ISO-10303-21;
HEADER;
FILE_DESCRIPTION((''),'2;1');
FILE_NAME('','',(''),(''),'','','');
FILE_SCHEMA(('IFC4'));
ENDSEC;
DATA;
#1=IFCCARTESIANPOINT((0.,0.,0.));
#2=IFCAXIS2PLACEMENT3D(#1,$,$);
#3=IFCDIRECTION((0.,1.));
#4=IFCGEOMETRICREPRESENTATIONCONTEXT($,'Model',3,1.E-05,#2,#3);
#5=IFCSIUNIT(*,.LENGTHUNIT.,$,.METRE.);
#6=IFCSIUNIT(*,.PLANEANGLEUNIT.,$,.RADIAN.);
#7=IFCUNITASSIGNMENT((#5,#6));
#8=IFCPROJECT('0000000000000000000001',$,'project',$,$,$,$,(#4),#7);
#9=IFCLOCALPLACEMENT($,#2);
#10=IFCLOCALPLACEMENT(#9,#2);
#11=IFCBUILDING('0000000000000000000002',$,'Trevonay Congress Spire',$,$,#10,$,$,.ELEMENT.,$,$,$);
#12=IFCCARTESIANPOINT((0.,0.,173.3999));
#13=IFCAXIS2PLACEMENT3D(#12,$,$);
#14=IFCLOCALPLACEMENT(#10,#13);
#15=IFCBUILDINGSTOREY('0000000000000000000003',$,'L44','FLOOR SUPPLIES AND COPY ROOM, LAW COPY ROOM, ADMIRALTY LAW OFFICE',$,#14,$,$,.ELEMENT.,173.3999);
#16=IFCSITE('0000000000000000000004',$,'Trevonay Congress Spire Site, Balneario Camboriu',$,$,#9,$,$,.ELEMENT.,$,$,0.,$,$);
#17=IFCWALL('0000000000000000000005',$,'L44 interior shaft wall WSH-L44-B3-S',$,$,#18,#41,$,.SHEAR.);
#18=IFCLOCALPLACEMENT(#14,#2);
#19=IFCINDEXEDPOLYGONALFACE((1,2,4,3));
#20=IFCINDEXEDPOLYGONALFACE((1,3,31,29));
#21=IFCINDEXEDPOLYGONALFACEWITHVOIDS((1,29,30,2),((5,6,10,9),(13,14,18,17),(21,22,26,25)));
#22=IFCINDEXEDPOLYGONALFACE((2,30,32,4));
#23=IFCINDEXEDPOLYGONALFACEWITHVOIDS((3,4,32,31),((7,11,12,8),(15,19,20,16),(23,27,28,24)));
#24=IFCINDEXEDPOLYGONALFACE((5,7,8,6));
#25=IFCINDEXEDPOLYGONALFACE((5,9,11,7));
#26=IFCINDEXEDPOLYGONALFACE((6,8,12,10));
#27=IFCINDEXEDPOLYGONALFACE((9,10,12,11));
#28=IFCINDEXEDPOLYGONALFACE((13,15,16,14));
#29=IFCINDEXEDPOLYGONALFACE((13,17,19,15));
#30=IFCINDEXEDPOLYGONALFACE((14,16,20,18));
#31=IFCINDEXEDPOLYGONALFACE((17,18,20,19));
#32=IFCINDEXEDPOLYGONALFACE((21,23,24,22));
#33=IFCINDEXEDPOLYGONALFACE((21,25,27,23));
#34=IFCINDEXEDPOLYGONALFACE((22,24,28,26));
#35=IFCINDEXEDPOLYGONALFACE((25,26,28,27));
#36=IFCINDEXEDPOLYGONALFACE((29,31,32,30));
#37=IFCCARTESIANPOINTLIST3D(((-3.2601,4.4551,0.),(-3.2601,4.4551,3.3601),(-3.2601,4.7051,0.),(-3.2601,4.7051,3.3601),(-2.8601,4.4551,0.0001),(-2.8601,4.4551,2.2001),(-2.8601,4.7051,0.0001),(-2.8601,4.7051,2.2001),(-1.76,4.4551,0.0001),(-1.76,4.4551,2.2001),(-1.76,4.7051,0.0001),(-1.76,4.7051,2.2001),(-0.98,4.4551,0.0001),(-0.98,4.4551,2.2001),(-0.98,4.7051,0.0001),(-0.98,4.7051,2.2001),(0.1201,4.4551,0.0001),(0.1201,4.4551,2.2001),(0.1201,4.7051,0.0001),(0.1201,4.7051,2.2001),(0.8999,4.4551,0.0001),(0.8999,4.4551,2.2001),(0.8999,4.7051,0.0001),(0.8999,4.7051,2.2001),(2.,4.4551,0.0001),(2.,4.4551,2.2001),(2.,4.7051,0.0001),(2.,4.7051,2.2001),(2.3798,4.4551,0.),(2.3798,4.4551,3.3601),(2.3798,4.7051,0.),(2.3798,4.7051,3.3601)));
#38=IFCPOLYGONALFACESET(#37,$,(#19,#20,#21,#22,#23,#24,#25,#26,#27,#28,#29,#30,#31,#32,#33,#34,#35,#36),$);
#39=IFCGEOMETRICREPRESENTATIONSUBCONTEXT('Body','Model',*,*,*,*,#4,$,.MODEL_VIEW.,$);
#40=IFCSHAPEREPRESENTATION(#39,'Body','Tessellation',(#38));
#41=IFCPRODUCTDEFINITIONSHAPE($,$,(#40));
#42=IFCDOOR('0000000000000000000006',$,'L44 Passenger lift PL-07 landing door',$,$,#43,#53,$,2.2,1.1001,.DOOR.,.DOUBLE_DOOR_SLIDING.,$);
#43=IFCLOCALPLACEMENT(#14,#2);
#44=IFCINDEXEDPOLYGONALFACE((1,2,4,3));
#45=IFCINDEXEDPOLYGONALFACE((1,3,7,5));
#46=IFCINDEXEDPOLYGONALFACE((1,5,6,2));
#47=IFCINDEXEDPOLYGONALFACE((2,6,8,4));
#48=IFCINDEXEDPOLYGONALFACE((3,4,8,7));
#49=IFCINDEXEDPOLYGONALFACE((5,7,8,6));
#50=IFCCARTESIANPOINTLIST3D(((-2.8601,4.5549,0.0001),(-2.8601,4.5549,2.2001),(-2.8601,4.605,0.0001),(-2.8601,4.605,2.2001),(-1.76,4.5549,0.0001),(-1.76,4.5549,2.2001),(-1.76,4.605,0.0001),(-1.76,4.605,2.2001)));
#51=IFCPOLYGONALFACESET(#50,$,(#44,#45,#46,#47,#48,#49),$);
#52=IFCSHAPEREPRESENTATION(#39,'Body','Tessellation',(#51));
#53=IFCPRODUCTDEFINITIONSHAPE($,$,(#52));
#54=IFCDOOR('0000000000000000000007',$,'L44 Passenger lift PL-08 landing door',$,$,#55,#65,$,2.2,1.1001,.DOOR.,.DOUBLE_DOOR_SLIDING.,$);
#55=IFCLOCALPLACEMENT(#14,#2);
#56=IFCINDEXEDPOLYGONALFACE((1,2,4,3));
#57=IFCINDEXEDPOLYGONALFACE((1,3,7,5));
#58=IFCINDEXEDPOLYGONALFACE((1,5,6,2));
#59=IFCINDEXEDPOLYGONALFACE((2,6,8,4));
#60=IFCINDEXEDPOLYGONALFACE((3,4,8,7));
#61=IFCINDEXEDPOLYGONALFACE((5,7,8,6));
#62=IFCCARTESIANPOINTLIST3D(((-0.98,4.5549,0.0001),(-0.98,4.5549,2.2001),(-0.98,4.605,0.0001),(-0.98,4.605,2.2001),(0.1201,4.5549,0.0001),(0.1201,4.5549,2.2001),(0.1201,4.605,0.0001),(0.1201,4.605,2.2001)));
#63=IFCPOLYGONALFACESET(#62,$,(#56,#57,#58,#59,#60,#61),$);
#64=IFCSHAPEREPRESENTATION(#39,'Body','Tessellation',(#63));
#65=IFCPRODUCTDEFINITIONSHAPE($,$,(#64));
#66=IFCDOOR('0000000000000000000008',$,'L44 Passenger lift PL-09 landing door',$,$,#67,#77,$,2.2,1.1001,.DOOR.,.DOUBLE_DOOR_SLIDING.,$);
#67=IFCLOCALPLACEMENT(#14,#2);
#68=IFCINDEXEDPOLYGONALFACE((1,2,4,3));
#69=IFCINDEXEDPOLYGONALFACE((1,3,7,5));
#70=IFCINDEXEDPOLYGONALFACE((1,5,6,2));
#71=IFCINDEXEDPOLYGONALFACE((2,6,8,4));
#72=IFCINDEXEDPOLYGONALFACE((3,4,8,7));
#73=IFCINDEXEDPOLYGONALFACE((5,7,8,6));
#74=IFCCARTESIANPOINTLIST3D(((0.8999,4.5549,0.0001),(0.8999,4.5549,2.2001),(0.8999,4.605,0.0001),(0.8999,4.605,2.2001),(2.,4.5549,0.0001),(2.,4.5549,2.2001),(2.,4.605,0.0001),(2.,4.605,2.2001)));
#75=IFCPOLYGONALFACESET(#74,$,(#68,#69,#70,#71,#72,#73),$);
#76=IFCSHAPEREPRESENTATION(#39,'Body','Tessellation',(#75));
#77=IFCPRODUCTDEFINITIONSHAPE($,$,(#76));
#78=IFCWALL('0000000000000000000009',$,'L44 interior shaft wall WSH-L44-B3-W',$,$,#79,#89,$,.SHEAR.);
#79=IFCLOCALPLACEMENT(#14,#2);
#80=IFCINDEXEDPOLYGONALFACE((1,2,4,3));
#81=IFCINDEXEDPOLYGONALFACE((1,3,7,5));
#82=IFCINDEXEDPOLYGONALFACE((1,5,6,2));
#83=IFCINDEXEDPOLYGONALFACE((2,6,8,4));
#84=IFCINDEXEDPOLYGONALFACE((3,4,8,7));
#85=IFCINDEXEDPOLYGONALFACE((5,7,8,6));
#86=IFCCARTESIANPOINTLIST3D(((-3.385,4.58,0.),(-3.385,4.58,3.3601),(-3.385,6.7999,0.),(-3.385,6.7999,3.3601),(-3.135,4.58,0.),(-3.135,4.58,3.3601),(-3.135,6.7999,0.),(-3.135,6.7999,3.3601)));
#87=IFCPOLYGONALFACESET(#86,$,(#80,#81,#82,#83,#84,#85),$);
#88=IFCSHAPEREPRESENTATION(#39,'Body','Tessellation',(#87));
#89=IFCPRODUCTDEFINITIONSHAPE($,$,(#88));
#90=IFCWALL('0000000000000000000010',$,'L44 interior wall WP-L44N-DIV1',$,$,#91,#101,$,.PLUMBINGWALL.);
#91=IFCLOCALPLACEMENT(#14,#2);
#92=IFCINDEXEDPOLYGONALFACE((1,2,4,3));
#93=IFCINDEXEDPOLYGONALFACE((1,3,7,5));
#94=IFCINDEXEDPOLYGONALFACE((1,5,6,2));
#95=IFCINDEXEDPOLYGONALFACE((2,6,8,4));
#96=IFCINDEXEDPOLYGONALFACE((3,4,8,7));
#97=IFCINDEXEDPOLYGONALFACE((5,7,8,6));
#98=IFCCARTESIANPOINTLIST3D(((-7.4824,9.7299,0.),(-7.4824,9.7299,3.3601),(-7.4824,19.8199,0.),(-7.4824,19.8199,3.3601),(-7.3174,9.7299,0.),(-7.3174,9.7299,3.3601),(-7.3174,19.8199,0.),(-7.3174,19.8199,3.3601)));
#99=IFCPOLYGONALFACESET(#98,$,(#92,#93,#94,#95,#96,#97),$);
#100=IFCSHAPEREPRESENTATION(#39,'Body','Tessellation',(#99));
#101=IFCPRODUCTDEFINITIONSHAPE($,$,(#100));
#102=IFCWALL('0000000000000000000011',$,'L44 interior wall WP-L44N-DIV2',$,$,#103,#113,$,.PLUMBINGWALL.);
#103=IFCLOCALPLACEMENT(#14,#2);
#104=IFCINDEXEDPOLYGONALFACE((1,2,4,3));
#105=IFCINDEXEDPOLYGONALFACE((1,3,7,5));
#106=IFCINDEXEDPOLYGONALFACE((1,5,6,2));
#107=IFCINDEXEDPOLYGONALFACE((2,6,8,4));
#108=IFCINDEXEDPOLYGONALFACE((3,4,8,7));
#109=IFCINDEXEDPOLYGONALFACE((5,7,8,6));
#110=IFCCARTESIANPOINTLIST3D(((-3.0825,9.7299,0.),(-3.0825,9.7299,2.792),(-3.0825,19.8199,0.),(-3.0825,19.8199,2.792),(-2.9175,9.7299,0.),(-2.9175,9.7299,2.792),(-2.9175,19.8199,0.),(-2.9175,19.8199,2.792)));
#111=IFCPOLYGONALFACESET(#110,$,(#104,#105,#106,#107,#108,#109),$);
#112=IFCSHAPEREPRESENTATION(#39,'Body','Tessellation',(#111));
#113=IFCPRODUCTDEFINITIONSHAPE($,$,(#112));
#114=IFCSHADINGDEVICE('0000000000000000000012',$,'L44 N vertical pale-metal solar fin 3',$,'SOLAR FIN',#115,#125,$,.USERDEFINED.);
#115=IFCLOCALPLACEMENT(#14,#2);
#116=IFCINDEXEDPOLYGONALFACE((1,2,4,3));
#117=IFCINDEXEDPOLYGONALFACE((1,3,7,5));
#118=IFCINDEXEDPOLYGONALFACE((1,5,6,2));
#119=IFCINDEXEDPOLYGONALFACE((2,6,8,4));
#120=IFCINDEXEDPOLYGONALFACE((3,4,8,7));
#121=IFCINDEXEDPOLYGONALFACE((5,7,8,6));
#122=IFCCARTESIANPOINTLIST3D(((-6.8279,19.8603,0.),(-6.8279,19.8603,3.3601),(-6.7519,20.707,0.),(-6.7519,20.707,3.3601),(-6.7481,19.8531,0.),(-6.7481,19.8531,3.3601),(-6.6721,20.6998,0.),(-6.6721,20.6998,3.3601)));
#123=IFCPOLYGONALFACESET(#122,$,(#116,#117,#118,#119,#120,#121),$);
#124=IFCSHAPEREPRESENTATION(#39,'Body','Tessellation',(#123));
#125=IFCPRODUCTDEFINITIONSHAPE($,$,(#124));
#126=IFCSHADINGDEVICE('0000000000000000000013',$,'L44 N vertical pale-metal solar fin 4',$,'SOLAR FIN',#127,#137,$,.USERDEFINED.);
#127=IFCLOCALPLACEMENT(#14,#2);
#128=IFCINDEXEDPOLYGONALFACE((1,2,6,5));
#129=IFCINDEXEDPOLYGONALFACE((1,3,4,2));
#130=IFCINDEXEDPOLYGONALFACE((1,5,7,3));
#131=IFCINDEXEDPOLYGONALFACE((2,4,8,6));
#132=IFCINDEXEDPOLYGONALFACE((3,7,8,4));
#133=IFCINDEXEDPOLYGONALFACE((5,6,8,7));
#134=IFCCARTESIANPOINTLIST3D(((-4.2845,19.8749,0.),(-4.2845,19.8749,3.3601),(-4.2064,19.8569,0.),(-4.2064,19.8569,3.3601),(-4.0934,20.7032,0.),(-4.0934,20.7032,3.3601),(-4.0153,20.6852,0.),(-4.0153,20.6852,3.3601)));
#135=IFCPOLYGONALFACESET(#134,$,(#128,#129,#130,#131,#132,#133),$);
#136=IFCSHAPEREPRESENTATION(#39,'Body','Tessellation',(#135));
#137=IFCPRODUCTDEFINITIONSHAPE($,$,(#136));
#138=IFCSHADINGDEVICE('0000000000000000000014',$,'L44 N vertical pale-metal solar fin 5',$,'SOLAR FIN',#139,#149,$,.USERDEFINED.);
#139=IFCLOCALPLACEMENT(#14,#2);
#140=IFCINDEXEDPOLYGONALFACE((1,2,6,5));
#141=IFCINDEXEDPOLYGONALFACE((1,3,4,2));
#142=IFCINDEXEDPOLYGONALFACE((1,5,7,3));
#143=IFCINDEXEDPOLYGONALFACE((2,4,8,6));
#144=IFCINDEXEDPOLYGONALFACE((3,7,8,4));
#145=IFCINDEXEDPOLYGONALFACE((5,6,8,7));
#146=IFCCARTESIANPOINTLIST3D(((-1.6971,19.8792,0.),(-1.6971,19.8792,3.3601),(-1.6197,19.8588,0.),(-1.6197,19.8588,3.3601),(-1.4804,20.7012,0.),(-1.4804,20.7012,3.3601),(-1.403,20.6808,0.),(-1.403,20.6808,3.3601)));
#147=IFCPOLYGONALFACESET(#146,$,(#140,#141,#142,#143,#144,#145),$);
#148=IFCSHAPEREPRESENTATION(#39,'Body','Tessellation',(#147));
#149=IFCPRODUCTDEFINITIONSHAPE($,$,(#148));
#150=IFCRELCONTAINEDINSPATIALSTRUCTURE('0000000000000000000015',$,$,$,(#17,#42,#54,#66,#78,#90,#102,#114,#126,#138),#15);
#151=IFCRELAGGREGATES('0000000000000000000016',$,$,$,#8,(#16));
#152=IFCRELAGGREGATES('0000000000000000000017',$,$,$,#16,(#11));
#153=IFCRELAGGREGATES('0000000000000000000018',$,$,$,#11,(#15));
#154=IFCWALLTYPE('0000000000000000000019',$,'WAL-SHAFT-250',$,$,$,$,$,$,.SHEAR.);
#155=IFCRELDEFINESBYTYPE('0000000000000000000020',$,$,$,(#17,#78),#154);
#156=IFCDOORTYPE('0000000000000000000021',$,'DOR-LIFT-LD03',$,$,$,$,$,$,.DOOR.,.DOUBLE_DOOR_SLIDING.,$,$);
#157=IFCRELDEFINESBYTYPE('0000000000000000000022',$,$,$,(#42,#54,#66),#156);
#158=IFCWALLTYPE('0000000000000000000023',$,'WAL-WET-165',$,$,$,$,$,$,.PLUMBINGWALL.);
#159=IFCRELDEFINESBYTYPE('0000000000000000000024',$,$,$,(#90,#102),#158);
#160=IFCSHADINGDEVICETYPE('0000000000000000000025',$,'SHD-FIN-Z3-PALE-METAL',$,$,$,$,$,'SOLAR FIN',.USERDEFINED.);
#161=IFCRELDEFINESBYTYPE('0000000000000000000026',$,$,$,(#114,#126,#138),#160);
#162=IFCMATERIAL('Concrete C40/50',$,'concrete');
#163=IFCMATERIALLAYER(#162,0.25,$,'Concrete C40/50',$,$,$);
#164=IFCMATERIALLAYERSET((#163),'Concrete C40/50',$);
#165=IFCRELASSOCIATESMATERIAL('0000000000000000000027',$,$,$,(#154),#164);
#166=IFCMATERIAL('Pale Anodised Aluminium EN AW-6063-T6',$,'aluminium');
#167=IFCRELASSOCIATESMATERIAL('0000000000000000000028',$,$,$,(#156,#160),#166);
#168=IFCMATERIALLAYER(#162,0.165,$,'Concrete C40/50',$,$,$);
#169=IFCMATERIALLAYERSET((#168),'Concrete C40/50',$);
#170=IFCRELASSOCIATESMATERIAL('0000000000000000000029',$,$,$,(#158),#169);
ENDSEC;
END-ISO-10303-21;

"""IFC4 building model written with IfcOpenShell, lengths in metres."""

from ifc_helpers import new_model, si_unit, direction, frame, frame_2d, origin, origin_2d, place, context, subcontext, project, spatial, rectangle, extrude, material, layer, layer_set, type_object, element, fill, save


model = new_model("IFC4")

# Units and contexts
model_context = context("Model", 3, precision=1e-05, world=origin(), true_north=direction((0.0, 1.0)))
body_context = subcontext(model_context, "Body", "Model", "MODEL_VIEW")
ifc_project = project(units=[si_unit("LENGTHUNIT", "METRE"), si_unit("PLANEANGLEUNIT", "RADIAN")], contexts=[model_context])

# Site, building, storey
site_placement = place(None, origin())
site = spatial("IfcSite", under=ifc_project, at=site_placement, Name="Trevonay Congress Spire Site, Balneario Camboriu", CompositionType="ELEMENT", RefElevation=0.0)
building_placement = place(site_placement, origin())
building = spatial("IfcBuilding", under=site, at=building_placement, Name="Trevonay Congress Spire", CompositionType="ELEMENT")
storey_placement = place(building_placement, frame((0.0, 0.0, 173.3999)))
storey = spatial("IfcBuildingStorey", under=building, at=storey_placement, Name="L44", Description="FLOOR SUPPLIES AND COPY ROOM, LAW COPY ROOM, ADMIRALTY LAW OFFICE", CompositionType="ELEMENT", Elevation=173.3999)

# Shared definitions
ifc_material_1 = material(Name="Pale Anodised Aluminium EN AW-6063-T6", Category="aluminium")

# Wall, openings, doors
ifc_material_2 = material(Name="Concrete C40/50", Category="concrete")
ifc_layer_1 = layer(ifc_material_2, 0.25, Name="Concrete C40/50")
ifc_layer_set_1 = layer_set([ifc_layer_1], Name="Concrete C40/50")
wall_type_1 = type_object("IfcWallType", Name="WAL-SHAFT-250", PredefinedType="SHEAR", material=ifc_layer_set_1)
wall_1_placement = place(storey_placement, frame((-3.26, 4.5801, 0.0), z_axis=(0.0, 0.0, 1.0), x_axis=(1.0, 0.0, 0.0)))
wall_1 = element("IfcWall", 1, at=wall_1_placement, inside=storey, type_object=wall_type_1, Name="L44 interior shaft wall WSH-L44-B3-S", PredefinedType="SHEAR", context=body_context, shape_type="SweptSolid", body=[
    extrude(rectangle(XDim=5.6399, YDim=0.25, at=frame_2d((2.8198, 0.0))), origin(), (0.0, 0.0, 1.0), 3.3601),
])
opening_1_placement = place(wall_1_placement, frame((0.3999, 0.0, 0.0)))
opening_1 = element("IfcOpeningElement", 2, at=opening_1_placement, cuts=wall_1, PredefinedType="OPENING", context=body_context, shape_type="SweptSolid", body=[
    extrude(rectangle(XDim=1.1001, YDim=2.2, at=frame_2d((0.55, 1.1001))), frame((0.0, 0.135, 0.0), z_axis=(0.0, -1.0, 0.0), x_axis=(1.0, 0.0, 0.0)), (0.0, 0.0, 1.0), 0.27),
])
opening_2_placement = place(wall_1_placement, frame((2.28, 0.0, 0.0)))
opening_2 = element("IfcOpeningElement", 3, at=opening_2_placement, cuts=wall_1, PredefinedType="OPENING", context=body_context, shape_type="SweptSolid", body=[
    extrude(rectangle(XDim=1.1001, YDim=2.2, at=frame_2d((0.55, 1.1001))), frame((0.0, 0.135, 0.0), z_axis=(0.0, -1.0, 0.0), x_axis=(1.0, 0.0, 0.0)), (0.0, 0.0, 1.0), 0.27),
])
opening_3_placement = place(wall_1_placement, frame((4.1599, 0.0, 0.0)))
opening_3 = element("IfcOpeningElement", 4, at=opening_3_placement, cuts=wall_1, PredefinedType="OPENING", context=body_context, shape_type="SweptSolid", body=[
    extrude(rectangle(XDim=1.1001, YDim=2.2, at=frame_2d((0.55, 1.1001))), frame((0.0, 0.135, 0.0), z_axis=(0.0, -1.0, 0.0), x_axis=(1.0, 0.0, 0.0)), (0.0, 0.0, 1.0), 0.27),
])
door_type_1 = type_object("IfcDoorType", Name="DOR-LIFT-LD03", OperationType="DOUBLE_DOOR_SLIDING", PredefinedType="DOOR", material=ifc_material_1)
door_1_placement = place(opening_1_placement, origin())
door_1 = element("IfcDoor", 5, at=door_1_placement, inside=storey, type_object=door_type_1, Name="L44 Passenger lift PL-07 landing door", OperationType="DOUBLE_DOOR_SLIDING", OverallHeight=2.2, OverallWidth=1.1001, PredefinedType="DOOR", context=body_context, shape_type="SweptSolid", body=[
    extrude(rectangle(XDim=1.1001, YDim=2.2, at=frame_2d((0.55, 1.1001))), frame((0.0, 0.0249, 0.0), z_axis=(0.0, -1.0, 0.0), x_axis=(1.0, 0.0, 0.0)), (0.0, 0.0, 1.0), 0.05),
])
fill(opening_1, door_1)
door_2_placement = place(opening_2_placement, origin())
door_2 = element("IfcDoor", 6, at=door_2_placement, inside=storey, type_object=door_type_1, Name="L44 Passenger lift PL-08 landing door", OperationType="DOUBLE_DOOR_SLIDING", OverallHeight=2.2, OverallWidth=1.1001, PredefinedType="DOOR", context=body_context, shape_type="SweptSolid", body=[
    extrude(rectangle(XDim=1.1001, YDim=2.2, at=frame_2d((0.55, 1.1001))), frame((0.0, 0.0249, 0.0), z_axis=(0.0, -1.0, 0.0), x_axis=(1.0, 0.0, 0.0)), (0.0, 0.0, 1.0), 0.05),
])
fill(opening_2, door_2)
door_3_placement = place(opening_3_placement, origin())
door_3 = element("IfcDoor", 7, at=door_3_placement, inside=storey, type_object=door_type_1, Name="L44 Passenger lift PL-09 landing door", OperationType="DOUBLE_DOOR_SLIDING", OverallHeight=2.2, OverallWidth=1.1001, PredefinedType="DOOR", context=body_context, shape_type="SweptSolid", body=[
    extrude(rectangle(XDim=1.1001, YDim=2.2, at=frame_2d((0.55, 1.1001))), frame((0.0, 0.0249, 0.0), z_axis=(0.0, -1.0, 0.0), x_axis=(1.0, 0.0, 0.0)), (0.0, 0.0, 1.0), 0.05),
])
fill(opening_3, door_3)

# Walls
wall_2_placement = place(storey_placement, frame((-3.26, 4.5801, 0.0), z_axis=(0.0, 0.0, 1.0), x_axis=(0.0, 1.0, 0.0)))
element("IfcWall", 8, at=wall_2_placement, inside=storey, type_object=wall_type_1, Name="L44 interior shaft wall WSH-L44-B3-W", PredefinedType="SHEAR", context=body_context, shape_type="SweptSolid", body=[
    extrude(rectangle(XDim=2.22, YDim=0.25, at=frame_2d((1.1099, 0.0))), origin(), (0.0, 0.0, 1.0), 3.3601),
])
ifc_layer_2 = layer(ifc_material_2, 0.165, Name="Concrete C40/50")
ifc_layer_set_2 = layer_set([ifc_layer_2], Name="Concrete C40/50")
wall_type_2 = type_object("IfcWallType", Name="WAL-WET-165", PredefinedType="PLUMBINGWALL", material=ifc_layer_set_2)
wall_3_placement = place(storey_placement, frame((-7.3999, 9.73, 0.0), z_axis=(0.0, 0.0, 1.0), x_axis=(0.0, 1.0, 0.0)))
element("IfcWall", 9, at=wall_3_placement, inside=storey, type_object=wall_type_2, Name="L44 interior wall WP-L44N-DIV1", PredefinedType="PLUMBINGWALL", context=body_context, shape_type="SweptSolid", body=[
    extrude(rectangle(XDim=10.0901, YDim=0.165, at=frame_2d((5.0449, 0.0))), origin(), (0.0, 0.0, 1.0), 3.3601),
])
wall_4_placement = place(storey_placement, frame((-3.0, 9.73, 0.0), z_axis=(0.0, 0.0, 1.0), x_axis=(0.0, 1.0, 0.0)))
element("IfcWall", 10, at=wall_4_placement, inside=storey, type_object=wall_type_2, Name="L44 interior wall WP-L44N-DIV2", PredefinedType="PLUMBINGWALL", context=body_context, shape_type="SweptSolid", body=[
    extrude(rectangle(XDim=10.0901, YDim=0.165, at=frame_2d((5.0449, 0.0))), origin(), (0.0, 0.0, 1.0), 2.792),
])

# Shading devices
shading_device_type = type_object("IfcShadingDeviceType", Name="SHD-FIN-Z3-PALE-METAL", ElementType="SOLAR FIN", PredefinedType="USERDEFINED", material=ifc_material_1)
for number, where, z_axis, x_axis, name in (
    (11, (-6.75, 20.28, 0.0), (0.0, 0.0, 1.0), (0.995994, -0.089416, 0.0), "L44 N vertical pale-metal solar fin 3"),
    (12, (-4.1499, 20.28, 0.0), (0.0, 0.0, 1.0), (0.974409, -0.224781, 0.0), "L44 N vertical pale-metal solar fin 4"),
    (13, (-1.55, 20.28, 0.0), (0.0, 0.0, 1.0), (0.966957, -0.254939, 0.0), "L44 N vertical pale-metal solar fin 5"),
):
    element("IfcShadingDevice", number, at=place(storey_placement, frame(where, z_axis=z_axis, x_axis=x_axis)), inside=storey, type_object=shading_device_type, Name=name, ObjectType="SOLAR FIN", PredefinedType="USERDEFINED", context=body_context, shape_type="SweptSolid", body=[
        extrude(rectangle(XDim=0.0801, YDim=0.8501, at=origin_2d()), origin(), (0.0, 0.0, 1.0), 3.3601),
    ])

save(model, "model.ifc")
